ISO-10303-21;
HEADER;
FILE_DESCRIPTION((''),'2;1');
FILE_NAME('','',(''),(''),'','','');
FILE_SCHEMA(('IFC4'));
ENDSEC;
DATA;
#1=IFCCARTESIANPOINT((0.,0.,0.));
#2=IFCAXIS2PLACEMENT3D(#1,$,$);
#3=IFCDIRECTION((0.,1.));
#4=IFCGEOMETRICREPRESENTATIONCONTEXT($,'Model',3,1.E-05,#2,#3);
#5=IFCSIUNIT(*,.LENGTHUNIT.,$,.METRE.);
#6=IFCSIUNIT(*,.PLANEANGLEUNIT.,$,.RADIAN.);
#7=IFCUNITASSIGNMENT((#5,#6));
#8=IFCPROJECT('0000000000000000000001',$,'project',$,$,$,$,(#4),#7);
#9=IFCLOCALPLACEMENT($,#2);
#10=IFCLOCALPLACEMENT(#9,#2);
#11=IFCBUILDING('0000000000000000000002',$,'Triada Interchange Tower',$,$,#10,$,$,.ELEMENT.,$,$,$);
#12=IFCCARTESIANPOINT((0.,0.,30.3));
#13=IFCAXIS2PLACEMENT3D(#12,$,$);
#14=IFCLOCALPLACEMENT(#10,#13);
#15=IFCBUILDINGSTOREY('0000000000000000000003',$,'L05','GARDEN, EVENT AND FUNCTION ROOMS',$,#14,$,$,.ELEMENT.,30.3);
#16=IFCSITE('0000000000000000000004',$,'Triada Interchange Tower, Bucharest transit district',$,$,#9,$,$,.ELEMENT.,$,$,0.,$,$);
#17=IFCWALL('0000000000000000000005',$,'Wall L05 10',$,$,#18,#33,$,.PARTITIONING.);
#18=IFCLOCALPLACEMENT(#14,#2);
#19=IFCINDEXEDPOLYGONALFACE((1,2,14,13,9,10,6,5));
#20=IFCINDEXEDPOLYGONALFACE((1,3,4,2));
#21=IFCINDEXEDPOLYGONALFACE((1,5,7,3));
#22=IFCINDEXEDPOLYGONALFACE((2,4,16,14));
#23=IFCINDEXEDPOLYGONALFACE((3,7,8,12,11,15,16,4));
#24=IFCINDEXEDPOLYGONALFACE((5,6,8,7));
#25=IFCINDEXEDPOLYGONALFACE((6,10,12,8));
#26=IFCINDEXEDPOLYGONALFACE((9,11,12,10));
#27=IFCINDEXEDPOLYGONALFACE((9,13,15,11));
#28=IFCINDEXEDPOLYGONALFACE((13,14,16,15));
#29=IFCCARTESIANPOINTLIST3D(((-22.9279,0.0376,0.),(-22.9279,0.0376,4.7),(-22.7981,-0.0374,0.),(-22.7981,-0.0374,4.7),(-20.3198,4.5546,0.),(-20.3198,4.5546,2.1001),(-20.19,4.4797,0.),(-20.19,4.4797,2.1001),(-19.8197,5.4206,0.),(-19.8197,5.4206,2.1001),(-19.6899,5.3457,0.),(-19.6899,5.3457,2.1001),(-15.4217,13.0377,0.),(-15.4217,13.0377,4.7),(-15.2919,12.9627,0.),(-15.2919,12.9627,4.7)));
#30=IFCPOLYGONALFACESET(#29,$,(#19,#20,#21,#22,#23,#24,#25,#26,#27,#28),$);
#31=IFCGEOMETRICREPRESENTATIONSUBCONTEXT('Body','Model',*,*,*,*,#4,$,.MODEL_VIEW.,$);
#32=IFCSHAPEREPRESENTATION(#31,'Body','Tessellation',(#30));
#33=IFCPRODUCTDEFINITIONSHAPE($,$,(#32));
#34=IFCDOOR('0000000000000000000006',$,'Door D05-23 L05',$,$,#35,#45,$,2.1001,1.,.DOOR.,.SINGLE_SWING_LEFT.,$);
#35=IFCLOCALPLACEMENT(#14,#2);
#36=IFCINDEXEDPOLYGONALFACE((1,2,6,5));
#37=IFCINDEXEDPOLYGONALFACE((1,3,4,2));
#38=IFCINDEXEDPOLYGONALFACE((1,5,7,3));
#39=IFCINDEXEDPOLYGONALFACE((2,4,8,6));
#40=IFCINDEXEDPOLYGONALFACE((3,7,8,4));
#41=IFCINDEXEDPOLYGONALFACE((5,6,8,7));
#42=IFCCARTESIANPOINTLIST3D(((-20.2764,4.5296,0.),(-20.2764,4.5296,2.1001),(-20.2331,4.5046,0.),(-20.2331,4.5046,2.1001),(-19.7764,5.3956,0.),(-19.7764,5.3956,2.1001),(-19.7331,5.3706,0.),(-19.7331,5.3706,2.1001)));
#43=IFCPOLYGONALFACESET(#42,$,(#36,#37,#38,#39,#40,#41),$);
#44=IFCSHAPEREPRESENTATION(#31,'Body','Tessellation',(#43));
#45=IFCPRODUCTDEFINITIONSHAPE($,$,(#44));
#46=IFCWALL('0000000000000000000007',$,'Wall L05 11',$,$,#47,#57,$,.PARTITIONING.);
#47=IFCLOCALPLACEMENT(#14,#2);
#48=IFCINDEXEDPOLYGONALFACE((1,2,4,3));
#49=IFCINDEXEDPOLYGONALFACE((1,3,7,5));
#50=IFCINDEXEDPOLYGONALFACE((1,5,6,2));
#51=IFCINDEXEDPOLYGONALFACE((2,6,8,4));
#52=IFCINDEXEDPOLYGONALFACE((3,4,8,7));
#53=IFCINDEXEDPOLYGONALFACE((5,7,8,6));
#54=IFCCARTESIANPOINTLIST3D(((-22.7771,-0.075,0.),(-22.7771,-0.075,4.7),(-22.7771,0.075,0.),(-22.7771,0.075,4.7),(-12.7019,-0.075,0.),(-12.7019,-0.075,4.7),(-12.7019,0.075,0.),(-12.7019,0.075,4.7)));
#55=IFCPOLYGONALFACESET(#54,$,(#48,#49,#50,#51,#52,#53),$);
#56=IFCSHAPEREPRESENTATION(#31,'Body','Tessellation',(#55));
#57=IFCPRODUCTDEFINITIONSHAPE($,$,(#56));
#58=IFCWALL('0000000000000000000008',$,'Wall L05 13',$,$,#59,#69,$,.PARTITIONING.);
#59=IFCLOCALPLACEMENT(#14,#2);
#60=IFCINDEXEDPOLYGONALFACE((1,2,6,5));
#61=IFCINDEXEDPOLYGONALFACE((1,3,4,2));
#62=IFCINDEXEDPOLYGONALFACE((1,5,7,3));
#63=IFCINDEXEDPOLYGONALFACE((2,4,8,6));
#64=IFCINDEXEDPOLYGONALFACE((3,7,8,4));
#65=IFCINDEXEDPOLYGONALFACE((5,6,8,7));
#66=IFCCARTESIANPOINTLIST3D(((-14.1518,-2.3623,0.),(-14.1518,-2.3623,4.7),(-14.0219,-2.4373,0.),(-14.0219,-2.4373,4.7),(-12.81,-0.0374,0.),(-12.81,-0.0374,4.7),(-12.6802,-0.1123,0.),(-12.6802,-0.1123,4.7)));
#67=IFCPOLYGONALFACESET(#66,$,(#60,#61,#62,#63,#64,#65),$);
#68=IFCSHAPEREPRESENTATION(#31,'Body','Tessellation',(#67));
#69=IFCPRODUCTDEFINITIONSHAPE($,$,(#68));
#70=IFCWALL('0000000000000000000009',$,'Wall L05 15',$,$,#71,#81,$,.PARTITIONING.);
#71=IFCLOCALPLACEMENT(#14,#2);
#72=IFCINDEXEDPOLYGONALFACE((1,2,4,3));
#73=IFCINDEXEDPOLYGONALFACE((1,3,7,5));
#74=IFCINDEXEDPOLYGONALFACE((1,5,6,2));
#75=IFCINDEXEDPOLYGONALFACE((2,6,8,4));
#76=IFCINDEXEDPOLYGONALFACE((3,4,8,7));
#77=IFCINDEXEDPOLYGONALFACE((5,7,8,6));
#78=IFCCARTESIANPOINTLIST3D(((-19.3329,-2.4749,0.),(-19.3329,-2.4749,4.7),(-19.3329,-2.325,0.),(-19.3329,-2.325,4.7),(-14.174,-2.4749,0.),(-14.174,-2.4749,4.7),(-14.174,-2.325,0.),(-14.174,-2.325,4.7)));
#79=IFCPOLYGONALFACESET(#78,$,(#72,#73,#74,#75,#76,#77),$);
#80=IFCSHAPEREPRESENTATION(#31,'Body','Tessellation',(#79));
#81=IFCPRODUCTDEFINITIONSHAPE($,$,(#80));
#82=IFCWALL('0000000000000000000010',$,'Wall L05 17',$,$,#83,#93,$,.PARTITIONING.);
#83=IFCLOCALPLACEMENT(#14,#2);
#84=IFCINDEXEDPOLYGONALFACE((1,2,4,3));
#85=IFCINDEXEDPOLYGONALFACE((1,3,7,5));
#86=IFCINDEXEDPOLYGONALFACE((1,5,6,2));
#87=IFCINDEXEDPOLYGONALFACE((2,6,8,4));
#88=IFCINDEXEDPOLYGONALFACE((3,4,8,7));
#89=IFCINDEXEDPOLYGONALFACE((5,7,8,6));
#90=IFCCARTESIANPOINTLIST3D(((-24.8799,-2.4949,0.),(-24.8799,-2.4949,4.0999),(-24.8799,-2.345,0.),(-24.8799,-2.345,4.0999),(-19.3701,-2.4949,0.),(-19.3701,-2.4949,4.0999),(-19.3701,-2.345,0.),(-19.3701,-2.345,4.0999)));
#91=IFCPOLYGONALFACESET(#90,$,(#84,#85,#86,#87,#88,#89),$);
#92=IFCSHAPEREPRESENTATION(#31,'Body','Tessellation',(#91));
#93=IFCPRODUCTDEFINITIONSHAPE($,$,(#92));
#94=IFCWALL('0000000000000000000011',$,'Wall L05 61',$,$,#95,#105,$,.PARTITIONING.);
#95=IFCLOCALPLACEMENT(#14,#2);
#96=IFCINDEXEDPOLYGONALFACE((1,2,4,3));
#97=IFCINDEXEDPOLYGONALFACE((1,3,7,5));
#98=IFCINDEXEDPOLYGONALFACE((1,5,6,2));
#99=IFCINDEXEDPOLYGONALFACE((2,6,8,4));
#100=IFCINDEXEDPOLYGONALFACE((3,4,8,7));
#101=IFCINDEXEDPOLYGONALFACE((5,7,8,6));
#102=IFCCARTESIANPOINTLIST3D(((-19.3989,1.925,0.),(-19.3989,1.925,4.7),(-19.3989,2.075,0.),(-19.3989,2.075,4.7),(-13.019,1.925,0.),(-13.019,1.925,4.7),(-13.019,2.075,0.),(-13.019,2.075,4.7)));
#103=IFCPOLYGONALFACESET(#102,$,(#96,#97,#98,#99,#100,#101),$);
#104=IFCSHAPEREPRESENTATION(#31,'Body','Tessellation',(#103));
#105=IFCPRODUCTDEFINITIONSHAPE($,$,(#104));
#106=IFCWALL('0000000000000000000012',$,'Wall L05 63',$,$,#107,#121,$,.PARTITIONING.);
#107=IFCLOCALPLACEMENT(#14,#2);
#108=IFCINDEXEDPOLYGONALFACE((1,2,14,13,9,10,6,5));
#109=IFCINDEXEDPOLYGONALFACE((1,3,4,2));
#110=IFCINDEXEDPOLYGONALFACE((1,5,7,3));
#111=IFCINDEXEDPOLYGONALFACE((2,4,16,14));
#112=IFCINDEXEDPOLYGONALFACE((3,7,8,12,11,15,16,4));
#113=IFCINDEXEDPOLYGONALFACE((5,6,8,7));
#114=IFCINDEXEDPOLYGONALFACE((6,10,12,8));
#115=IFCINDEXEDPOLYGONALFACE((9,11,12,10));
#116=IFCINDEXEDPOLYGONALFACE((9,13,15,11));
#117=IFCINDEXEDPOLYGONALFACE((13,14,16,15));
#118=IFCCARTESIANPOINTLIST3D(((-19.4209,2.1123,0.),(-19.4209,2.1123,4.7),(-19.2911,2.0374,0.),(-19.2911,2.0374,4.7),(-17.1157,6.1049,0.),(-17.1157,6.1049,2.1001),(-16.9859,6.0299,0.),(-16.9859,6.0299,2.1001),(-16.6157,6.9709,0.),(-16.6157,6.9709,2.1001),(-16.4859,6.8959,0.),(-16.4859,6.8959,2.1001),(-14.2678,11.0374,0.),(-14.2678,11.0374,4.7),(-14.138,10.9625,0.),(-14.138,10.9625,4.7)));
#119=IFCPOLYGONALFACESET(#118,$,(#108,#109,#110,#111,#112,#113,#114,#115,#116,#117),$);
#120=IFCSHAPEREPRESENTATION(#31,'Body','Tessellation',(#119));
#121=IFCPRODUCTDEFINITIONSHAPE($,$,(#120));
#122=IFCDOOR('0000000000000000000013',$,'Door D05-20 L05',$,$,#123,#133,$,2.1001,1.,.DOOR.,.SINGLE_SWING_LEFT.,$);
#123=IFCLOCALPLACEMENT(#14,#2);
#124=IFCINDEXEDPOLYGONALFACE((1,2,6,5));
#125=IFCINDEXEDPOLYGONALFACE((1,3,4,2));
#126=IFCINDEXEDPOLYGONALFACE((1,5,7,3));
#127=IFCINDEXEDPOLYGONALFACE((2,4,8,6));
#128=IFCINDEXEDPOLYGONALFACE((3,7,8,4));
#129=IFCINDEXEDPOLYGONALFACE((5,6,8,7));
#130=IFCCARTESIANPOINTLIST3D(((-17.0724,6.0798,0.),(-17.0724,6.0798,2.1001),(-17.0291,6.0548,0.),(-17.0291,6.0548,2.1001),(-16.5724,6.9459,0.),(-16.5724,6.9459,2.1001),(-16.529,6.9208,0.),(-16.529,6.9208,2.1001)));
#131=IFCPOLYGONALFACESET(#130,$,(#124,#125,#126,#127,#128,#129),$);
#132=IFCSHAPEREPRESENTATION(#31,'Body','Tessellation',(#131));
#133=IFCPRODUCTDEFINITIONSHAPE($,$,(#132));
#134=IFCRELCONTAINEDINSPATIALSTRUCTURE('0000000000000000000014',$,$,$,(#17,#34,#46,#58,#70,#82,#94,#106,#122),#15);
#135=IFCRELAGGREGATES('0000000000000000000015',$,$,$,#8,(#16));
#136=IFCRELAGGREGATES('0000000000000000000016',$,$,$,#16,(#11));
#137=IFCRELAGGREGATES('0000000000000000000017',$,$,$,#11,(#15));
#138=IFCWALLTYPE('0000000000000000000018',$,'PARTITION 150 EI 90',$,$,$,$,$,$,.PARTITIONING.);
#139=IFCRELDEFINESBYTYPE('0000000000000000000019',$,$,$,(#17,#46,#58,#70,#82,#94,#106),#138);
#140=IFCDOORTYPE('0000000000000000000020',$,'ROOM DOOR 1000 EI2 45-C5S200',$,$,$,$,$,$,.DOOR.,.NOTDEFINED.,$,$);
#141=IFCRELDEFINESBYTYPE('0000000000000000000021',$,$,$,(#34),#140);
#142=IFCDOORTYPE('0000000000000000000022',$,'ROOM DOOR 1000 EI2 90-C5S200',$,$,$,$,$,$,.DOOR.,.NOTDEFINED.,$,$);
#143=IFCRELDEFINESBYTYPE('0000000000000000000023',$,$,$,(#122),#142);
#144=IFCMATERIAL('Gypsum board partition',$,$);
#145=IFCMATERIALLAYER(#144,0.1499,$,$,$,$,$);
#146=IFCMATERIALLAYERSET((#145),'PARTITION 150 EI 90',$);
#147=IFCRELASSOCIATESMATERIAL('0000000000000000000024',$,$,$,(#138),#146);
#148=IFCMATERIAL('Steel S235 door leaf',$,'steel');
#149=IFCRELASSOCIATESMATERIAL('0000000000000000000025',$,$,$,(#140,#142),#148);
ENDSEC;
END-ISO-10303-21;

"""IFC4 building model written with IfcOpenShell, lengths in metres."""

from ifc_helpers import new_model, si_unit, direction, frame, frame_2d, origin, place, context, subcontext, project, spatial, rectangle, extrude, material, layer, layer_set, type_object, element, fill, save


model = new_model("IFC4")

# Units and contexts
model_context = context("Model", 3, precision=1e-05, world=origin(), true_north=direction((0.0, 1.0)))
body_context = subcontext(model_context, "Body", "Model", "MODEL_VIEW")
ifc_project = project(units=[si_unit("LENGTHUNIT", "METRE"), si_unit("PLANEANGLEUNIT", "RADIAN")], contexts=[model_context])

# Site, building, storey
site_placement = place(None, origin())
site = spatial("IfcSite", under=ifc_project, at=site_placement, Name="Triada Interchange Tower, Bucharest transit district", CompositionType="ELEMENT", RefElevation=0.0)
building_placement = place(site_placement, origin())
building = spatial("IfcBuilding", under=site, at=building_placement, Name="Triada Interchange Tower", CompositionType="ELEMENT")
storey_placement = place(building_placement, frame((0.0, 0.0, 30.3)))
storey = spatial("IfcBuildingStorey", under=building, at=storey_placement, Name="L05", Description="GARDEN, EVENT AND FUNCTION ROOMS", CompositionType="ELEMENT", Elevation=30.3)

# Shared definitions
ifc_material_1 = material(Name="Gypsum board partition")
ifc_layer_1 = layer(ifc_material_1, 0.1499)
ifc_layer_set_1 = layer_set([ifc_layer_1], Name="PARTITION 150 EI 90")
wall_type_1 = type_object("IfcWallType", Name="PARTITION 150 EI 90", PredefinedType="PARTITIONING", material=ifc_layer_set_1)

# Wall, opening, door
wall_1_placement = place(storey_placement, frame((-22.863, 0.0, 0.0), z_axis=(0.0, 0.0, 1.0), x_axis=(0.500027, 0.86601, 0.0)))
wall_1 = element("IfcWall", 1, at=wall_1_placement, inside=storey, type_object=wall_type_1, Name="Wall L05 10", PredefinedType="PARTITIONING", context=body_context, shape_type="SweptSolid", body=[
    extrude(rectangle(XDim=15.0115, YDim=0.1499, at=frame_2d((7.5059, 0.0))), origin(), (0.0, 0.0, 1.0), 4.7),
])
opening_1_placement = place(wall_1_placement, frame((5.2161, 0.0, 0.0)))
opening_1 = element("IfcOpeningElement", 2, at=opening_1_placement, cuts=wall_1, PredefinedType="OPENING", context=body_context, shape_type="SweptSolid", body=[
    extrude(rectangle(XDim=1.0, YDim=2.1001, at=frame_2d((0.5, 1.05))), frame((0.0, 0.085, 0.0), z_axis=(0.0, -1.0, 0.0), x_axis=(1.0, 0.0, 0.0)), (0.0, 0.0, 1.0), 0.1699),
])
ifc_material_2 = material(Name="Steel S235 door leaf", Category="steel")
door_type_1 = type_object("IfcDoorType", Name="ROOM DOOR 1000 EI2 45-C5S200", OperationType="NOTDEFINED", PredefinedType="DOOR", material=ifc_material_2)
door_1_placement = place(opening_1_placement, origin())
door_1 = element("IfcDoor", 3, at=door_1_placement, inside=storey, type_object=door_type_1, Name="Door D05-23 L05", OperationType="SINGLE_SWING_LEFT", OverallHeight=2.1001, OverallWidth=1.0, PredefinedType="DOOR", context=body_context, shape_type="SweptSolid", body=[
    extrude(rectangle(XDim=1.0, YDim=2.1001, at=frame_2d((0.5, 1.05))), frame((0.0, 0.0249, 0.0), z_axis=(0.0, -1.0, 0.0), x_axis=(1.0, 0.0, 0.0)), (0.0, 0.0, 1.0), 0.05),
])
fill(opening_1, door_1)

# Walls
wall_2_placement = place(storey_placement, frame((-22.7771, 0.0, 0.0), z_axis=(0.0, 0.0, 1.0), x_axis=(1.0, 0.0, 0.0)))
element("IfcWall", 4, at=wall_2_placement, inside=storey, type_object=wall_type_1, Name="Wall L05 11", PredefinedType="PARTITIONING", context=body_context, shape_type="SweptSolid", body=[
    extrude(rectangle(XDim=10.0752, YDim=0.1499, at=frame_2d((5.0376, 0.0))), origin(), (0.0, 0.0, 1.0), 4.7),
])
wall_3_placement = place(storey_placement, frame((-14.0869, -2.3999, 0.0), z_axis=(0.0, 0.0, 1.0), x_axis=(0.499856, 0.866108, 0.0)))
element("IfcWall", 5, at=wall_3_placement, inside=storey, type_object=wall_type_1, Name="Wall L05 13", PredefinedType="PARTITIONING", context=body_context, shape_type="SweptSolid", body=[
    extrude(rectangle(XDim=2.6843, YDim=0.1499, at=frame_2d((1.3423, 0.0))), origin(), (0.0, 0.0, 1.0), 4.7),
])
wall_4_placement = place(storey_placement, frame((-19.333, -2.3999, 0.0), z_axis=(0.0, 0.0, 1.0), x_axis=(1.0, 0.0, 0.0)))
element("IfcWall", 6, at=wall_4_placement, inside=storey, type_object=wall_type_1, Name="Wall L05 15", PredefinedType="PARTITIONING", context=body_context, shape_type="SweptSolid", body=[
    extrude(rectangle(XDim=5.1589, YDim=0.1499, at=frame_2d((2.5796, 0.0))), origin(), (0.0, 0.0, 1.0), 4.7),
])
wall_5_placement = place(storey_placement, frame((-24.8799, -2.4199, 0.0), z_axis=(0.0, 0.0, 1.0), x_axis=(1.0, 0.0, 0.0)))
element("IfcWall", 7, at=wall_5_placement, inside=storey, type_object=wall_type_1, Name="Wall L05 17", PredefinedType="PARTITIONING", context=body_context, shape_type="SweptSolid", body=[
    extrude(rectangle(XDim=5.5098, YDim=0.1499, at=frame_2d((2.7549, 0.0))), origin(), (0.0, 0.0, 1.0), 4.0999),
])
wall_6_placement = place(storey_placement, frame((-19.3989, 2.0, 0.0), z_axis=(0.0, 0.0, 1.0), x_axis=(1.0, 0.0, 0.0)))
element("IfcWall", 8, at=wall_6_placement, inside=storey, type_object=wall_type_1, Name="Wall L05 61", PredefinedType="PARTITIONING", context=body_context, shape_type="SweptSolid", body=[
    extrude(rectangle(XDim=6.3799, YDim=0.1499, at=frame_2d((3.1899, 0.0))), origin(), (0.0, 0.0, 1.0), 4.7),
])

# Wall, opening, door
wall_7_placement = place(storey_placement, frame((-19.356, 2.075, 0.0), z_axis=(0.0, 0.0, 1.0), x_axis=(0.500014, 0.866017, 0.0)))
wall_7 = element("IfcWall", 9, at=wall_7_placement, inside=storey, type_object=wall_type_1, Name="Wall L05 63", PredefinedType="PARTITIONING", context=body_context, shape_type="SweptSolid", body=[
    extrude(rectangle(XDim=10.3059, YDim=0.1499, at=frame_2d((5.1528, 0.0))), origin(), (0.0, 0.0, 1.0), 4.7),
])
opening_2_placement = place(wall_7_placement, frame((4.6101, 0.0, 0.0)))
opening_2 = element("IfcOpeningElement", 10, at=opening_2_placement, cuts=wall_7, PredefinedType="OPENING", context=body_context, shape_type="SweptSolid", body=[
    extrude(rectangle(XDim=1.0, YDim=2.1001, at=frame_2d((0.5, 1.05))), frame((0.0, 0.085, 0.0), z_axis=(0.0, -1.0, 0.0), x_axis=(1.0, 0.0, 0.0)), (0.0, 0.0, 1.0), 0.1699),
])
door_type_2 = type_object("IfcDoorType", Name="ROOM DOOR 1000 EI2 90-C5S200", OperationType="NOTDEFINED", PredefinedType="DOOR", material=ifc_material_2)
door_2_placement = place(opening_2_placement, origin())
door_2 = element("IfcDoor", 11, at=door_2_placement, inside=storey, type_object=door_type_2, Name="Door D05-20 L05", OperationType="SINGLE_SWING_LEFT", OverallHeight=2.1001, OverallWidth=1.0, PredefinedType="DOOR", context=body_context, shape_type="SweptSolid", body=[
    extrude(rectangle(XDim=1.0, YDim=2.1001, at=frame_2d((0.5, 1.05))), frame((0.0, 0.0249, 0.0), z_axis=(0.0, -1.0, 0.0), x_axis=(1.0, 0.0, 0.0)), (0.0, 0.0, 1.0), 0.05),
])
fill(opening_2, door_2)

save(model, "model.ifc")
